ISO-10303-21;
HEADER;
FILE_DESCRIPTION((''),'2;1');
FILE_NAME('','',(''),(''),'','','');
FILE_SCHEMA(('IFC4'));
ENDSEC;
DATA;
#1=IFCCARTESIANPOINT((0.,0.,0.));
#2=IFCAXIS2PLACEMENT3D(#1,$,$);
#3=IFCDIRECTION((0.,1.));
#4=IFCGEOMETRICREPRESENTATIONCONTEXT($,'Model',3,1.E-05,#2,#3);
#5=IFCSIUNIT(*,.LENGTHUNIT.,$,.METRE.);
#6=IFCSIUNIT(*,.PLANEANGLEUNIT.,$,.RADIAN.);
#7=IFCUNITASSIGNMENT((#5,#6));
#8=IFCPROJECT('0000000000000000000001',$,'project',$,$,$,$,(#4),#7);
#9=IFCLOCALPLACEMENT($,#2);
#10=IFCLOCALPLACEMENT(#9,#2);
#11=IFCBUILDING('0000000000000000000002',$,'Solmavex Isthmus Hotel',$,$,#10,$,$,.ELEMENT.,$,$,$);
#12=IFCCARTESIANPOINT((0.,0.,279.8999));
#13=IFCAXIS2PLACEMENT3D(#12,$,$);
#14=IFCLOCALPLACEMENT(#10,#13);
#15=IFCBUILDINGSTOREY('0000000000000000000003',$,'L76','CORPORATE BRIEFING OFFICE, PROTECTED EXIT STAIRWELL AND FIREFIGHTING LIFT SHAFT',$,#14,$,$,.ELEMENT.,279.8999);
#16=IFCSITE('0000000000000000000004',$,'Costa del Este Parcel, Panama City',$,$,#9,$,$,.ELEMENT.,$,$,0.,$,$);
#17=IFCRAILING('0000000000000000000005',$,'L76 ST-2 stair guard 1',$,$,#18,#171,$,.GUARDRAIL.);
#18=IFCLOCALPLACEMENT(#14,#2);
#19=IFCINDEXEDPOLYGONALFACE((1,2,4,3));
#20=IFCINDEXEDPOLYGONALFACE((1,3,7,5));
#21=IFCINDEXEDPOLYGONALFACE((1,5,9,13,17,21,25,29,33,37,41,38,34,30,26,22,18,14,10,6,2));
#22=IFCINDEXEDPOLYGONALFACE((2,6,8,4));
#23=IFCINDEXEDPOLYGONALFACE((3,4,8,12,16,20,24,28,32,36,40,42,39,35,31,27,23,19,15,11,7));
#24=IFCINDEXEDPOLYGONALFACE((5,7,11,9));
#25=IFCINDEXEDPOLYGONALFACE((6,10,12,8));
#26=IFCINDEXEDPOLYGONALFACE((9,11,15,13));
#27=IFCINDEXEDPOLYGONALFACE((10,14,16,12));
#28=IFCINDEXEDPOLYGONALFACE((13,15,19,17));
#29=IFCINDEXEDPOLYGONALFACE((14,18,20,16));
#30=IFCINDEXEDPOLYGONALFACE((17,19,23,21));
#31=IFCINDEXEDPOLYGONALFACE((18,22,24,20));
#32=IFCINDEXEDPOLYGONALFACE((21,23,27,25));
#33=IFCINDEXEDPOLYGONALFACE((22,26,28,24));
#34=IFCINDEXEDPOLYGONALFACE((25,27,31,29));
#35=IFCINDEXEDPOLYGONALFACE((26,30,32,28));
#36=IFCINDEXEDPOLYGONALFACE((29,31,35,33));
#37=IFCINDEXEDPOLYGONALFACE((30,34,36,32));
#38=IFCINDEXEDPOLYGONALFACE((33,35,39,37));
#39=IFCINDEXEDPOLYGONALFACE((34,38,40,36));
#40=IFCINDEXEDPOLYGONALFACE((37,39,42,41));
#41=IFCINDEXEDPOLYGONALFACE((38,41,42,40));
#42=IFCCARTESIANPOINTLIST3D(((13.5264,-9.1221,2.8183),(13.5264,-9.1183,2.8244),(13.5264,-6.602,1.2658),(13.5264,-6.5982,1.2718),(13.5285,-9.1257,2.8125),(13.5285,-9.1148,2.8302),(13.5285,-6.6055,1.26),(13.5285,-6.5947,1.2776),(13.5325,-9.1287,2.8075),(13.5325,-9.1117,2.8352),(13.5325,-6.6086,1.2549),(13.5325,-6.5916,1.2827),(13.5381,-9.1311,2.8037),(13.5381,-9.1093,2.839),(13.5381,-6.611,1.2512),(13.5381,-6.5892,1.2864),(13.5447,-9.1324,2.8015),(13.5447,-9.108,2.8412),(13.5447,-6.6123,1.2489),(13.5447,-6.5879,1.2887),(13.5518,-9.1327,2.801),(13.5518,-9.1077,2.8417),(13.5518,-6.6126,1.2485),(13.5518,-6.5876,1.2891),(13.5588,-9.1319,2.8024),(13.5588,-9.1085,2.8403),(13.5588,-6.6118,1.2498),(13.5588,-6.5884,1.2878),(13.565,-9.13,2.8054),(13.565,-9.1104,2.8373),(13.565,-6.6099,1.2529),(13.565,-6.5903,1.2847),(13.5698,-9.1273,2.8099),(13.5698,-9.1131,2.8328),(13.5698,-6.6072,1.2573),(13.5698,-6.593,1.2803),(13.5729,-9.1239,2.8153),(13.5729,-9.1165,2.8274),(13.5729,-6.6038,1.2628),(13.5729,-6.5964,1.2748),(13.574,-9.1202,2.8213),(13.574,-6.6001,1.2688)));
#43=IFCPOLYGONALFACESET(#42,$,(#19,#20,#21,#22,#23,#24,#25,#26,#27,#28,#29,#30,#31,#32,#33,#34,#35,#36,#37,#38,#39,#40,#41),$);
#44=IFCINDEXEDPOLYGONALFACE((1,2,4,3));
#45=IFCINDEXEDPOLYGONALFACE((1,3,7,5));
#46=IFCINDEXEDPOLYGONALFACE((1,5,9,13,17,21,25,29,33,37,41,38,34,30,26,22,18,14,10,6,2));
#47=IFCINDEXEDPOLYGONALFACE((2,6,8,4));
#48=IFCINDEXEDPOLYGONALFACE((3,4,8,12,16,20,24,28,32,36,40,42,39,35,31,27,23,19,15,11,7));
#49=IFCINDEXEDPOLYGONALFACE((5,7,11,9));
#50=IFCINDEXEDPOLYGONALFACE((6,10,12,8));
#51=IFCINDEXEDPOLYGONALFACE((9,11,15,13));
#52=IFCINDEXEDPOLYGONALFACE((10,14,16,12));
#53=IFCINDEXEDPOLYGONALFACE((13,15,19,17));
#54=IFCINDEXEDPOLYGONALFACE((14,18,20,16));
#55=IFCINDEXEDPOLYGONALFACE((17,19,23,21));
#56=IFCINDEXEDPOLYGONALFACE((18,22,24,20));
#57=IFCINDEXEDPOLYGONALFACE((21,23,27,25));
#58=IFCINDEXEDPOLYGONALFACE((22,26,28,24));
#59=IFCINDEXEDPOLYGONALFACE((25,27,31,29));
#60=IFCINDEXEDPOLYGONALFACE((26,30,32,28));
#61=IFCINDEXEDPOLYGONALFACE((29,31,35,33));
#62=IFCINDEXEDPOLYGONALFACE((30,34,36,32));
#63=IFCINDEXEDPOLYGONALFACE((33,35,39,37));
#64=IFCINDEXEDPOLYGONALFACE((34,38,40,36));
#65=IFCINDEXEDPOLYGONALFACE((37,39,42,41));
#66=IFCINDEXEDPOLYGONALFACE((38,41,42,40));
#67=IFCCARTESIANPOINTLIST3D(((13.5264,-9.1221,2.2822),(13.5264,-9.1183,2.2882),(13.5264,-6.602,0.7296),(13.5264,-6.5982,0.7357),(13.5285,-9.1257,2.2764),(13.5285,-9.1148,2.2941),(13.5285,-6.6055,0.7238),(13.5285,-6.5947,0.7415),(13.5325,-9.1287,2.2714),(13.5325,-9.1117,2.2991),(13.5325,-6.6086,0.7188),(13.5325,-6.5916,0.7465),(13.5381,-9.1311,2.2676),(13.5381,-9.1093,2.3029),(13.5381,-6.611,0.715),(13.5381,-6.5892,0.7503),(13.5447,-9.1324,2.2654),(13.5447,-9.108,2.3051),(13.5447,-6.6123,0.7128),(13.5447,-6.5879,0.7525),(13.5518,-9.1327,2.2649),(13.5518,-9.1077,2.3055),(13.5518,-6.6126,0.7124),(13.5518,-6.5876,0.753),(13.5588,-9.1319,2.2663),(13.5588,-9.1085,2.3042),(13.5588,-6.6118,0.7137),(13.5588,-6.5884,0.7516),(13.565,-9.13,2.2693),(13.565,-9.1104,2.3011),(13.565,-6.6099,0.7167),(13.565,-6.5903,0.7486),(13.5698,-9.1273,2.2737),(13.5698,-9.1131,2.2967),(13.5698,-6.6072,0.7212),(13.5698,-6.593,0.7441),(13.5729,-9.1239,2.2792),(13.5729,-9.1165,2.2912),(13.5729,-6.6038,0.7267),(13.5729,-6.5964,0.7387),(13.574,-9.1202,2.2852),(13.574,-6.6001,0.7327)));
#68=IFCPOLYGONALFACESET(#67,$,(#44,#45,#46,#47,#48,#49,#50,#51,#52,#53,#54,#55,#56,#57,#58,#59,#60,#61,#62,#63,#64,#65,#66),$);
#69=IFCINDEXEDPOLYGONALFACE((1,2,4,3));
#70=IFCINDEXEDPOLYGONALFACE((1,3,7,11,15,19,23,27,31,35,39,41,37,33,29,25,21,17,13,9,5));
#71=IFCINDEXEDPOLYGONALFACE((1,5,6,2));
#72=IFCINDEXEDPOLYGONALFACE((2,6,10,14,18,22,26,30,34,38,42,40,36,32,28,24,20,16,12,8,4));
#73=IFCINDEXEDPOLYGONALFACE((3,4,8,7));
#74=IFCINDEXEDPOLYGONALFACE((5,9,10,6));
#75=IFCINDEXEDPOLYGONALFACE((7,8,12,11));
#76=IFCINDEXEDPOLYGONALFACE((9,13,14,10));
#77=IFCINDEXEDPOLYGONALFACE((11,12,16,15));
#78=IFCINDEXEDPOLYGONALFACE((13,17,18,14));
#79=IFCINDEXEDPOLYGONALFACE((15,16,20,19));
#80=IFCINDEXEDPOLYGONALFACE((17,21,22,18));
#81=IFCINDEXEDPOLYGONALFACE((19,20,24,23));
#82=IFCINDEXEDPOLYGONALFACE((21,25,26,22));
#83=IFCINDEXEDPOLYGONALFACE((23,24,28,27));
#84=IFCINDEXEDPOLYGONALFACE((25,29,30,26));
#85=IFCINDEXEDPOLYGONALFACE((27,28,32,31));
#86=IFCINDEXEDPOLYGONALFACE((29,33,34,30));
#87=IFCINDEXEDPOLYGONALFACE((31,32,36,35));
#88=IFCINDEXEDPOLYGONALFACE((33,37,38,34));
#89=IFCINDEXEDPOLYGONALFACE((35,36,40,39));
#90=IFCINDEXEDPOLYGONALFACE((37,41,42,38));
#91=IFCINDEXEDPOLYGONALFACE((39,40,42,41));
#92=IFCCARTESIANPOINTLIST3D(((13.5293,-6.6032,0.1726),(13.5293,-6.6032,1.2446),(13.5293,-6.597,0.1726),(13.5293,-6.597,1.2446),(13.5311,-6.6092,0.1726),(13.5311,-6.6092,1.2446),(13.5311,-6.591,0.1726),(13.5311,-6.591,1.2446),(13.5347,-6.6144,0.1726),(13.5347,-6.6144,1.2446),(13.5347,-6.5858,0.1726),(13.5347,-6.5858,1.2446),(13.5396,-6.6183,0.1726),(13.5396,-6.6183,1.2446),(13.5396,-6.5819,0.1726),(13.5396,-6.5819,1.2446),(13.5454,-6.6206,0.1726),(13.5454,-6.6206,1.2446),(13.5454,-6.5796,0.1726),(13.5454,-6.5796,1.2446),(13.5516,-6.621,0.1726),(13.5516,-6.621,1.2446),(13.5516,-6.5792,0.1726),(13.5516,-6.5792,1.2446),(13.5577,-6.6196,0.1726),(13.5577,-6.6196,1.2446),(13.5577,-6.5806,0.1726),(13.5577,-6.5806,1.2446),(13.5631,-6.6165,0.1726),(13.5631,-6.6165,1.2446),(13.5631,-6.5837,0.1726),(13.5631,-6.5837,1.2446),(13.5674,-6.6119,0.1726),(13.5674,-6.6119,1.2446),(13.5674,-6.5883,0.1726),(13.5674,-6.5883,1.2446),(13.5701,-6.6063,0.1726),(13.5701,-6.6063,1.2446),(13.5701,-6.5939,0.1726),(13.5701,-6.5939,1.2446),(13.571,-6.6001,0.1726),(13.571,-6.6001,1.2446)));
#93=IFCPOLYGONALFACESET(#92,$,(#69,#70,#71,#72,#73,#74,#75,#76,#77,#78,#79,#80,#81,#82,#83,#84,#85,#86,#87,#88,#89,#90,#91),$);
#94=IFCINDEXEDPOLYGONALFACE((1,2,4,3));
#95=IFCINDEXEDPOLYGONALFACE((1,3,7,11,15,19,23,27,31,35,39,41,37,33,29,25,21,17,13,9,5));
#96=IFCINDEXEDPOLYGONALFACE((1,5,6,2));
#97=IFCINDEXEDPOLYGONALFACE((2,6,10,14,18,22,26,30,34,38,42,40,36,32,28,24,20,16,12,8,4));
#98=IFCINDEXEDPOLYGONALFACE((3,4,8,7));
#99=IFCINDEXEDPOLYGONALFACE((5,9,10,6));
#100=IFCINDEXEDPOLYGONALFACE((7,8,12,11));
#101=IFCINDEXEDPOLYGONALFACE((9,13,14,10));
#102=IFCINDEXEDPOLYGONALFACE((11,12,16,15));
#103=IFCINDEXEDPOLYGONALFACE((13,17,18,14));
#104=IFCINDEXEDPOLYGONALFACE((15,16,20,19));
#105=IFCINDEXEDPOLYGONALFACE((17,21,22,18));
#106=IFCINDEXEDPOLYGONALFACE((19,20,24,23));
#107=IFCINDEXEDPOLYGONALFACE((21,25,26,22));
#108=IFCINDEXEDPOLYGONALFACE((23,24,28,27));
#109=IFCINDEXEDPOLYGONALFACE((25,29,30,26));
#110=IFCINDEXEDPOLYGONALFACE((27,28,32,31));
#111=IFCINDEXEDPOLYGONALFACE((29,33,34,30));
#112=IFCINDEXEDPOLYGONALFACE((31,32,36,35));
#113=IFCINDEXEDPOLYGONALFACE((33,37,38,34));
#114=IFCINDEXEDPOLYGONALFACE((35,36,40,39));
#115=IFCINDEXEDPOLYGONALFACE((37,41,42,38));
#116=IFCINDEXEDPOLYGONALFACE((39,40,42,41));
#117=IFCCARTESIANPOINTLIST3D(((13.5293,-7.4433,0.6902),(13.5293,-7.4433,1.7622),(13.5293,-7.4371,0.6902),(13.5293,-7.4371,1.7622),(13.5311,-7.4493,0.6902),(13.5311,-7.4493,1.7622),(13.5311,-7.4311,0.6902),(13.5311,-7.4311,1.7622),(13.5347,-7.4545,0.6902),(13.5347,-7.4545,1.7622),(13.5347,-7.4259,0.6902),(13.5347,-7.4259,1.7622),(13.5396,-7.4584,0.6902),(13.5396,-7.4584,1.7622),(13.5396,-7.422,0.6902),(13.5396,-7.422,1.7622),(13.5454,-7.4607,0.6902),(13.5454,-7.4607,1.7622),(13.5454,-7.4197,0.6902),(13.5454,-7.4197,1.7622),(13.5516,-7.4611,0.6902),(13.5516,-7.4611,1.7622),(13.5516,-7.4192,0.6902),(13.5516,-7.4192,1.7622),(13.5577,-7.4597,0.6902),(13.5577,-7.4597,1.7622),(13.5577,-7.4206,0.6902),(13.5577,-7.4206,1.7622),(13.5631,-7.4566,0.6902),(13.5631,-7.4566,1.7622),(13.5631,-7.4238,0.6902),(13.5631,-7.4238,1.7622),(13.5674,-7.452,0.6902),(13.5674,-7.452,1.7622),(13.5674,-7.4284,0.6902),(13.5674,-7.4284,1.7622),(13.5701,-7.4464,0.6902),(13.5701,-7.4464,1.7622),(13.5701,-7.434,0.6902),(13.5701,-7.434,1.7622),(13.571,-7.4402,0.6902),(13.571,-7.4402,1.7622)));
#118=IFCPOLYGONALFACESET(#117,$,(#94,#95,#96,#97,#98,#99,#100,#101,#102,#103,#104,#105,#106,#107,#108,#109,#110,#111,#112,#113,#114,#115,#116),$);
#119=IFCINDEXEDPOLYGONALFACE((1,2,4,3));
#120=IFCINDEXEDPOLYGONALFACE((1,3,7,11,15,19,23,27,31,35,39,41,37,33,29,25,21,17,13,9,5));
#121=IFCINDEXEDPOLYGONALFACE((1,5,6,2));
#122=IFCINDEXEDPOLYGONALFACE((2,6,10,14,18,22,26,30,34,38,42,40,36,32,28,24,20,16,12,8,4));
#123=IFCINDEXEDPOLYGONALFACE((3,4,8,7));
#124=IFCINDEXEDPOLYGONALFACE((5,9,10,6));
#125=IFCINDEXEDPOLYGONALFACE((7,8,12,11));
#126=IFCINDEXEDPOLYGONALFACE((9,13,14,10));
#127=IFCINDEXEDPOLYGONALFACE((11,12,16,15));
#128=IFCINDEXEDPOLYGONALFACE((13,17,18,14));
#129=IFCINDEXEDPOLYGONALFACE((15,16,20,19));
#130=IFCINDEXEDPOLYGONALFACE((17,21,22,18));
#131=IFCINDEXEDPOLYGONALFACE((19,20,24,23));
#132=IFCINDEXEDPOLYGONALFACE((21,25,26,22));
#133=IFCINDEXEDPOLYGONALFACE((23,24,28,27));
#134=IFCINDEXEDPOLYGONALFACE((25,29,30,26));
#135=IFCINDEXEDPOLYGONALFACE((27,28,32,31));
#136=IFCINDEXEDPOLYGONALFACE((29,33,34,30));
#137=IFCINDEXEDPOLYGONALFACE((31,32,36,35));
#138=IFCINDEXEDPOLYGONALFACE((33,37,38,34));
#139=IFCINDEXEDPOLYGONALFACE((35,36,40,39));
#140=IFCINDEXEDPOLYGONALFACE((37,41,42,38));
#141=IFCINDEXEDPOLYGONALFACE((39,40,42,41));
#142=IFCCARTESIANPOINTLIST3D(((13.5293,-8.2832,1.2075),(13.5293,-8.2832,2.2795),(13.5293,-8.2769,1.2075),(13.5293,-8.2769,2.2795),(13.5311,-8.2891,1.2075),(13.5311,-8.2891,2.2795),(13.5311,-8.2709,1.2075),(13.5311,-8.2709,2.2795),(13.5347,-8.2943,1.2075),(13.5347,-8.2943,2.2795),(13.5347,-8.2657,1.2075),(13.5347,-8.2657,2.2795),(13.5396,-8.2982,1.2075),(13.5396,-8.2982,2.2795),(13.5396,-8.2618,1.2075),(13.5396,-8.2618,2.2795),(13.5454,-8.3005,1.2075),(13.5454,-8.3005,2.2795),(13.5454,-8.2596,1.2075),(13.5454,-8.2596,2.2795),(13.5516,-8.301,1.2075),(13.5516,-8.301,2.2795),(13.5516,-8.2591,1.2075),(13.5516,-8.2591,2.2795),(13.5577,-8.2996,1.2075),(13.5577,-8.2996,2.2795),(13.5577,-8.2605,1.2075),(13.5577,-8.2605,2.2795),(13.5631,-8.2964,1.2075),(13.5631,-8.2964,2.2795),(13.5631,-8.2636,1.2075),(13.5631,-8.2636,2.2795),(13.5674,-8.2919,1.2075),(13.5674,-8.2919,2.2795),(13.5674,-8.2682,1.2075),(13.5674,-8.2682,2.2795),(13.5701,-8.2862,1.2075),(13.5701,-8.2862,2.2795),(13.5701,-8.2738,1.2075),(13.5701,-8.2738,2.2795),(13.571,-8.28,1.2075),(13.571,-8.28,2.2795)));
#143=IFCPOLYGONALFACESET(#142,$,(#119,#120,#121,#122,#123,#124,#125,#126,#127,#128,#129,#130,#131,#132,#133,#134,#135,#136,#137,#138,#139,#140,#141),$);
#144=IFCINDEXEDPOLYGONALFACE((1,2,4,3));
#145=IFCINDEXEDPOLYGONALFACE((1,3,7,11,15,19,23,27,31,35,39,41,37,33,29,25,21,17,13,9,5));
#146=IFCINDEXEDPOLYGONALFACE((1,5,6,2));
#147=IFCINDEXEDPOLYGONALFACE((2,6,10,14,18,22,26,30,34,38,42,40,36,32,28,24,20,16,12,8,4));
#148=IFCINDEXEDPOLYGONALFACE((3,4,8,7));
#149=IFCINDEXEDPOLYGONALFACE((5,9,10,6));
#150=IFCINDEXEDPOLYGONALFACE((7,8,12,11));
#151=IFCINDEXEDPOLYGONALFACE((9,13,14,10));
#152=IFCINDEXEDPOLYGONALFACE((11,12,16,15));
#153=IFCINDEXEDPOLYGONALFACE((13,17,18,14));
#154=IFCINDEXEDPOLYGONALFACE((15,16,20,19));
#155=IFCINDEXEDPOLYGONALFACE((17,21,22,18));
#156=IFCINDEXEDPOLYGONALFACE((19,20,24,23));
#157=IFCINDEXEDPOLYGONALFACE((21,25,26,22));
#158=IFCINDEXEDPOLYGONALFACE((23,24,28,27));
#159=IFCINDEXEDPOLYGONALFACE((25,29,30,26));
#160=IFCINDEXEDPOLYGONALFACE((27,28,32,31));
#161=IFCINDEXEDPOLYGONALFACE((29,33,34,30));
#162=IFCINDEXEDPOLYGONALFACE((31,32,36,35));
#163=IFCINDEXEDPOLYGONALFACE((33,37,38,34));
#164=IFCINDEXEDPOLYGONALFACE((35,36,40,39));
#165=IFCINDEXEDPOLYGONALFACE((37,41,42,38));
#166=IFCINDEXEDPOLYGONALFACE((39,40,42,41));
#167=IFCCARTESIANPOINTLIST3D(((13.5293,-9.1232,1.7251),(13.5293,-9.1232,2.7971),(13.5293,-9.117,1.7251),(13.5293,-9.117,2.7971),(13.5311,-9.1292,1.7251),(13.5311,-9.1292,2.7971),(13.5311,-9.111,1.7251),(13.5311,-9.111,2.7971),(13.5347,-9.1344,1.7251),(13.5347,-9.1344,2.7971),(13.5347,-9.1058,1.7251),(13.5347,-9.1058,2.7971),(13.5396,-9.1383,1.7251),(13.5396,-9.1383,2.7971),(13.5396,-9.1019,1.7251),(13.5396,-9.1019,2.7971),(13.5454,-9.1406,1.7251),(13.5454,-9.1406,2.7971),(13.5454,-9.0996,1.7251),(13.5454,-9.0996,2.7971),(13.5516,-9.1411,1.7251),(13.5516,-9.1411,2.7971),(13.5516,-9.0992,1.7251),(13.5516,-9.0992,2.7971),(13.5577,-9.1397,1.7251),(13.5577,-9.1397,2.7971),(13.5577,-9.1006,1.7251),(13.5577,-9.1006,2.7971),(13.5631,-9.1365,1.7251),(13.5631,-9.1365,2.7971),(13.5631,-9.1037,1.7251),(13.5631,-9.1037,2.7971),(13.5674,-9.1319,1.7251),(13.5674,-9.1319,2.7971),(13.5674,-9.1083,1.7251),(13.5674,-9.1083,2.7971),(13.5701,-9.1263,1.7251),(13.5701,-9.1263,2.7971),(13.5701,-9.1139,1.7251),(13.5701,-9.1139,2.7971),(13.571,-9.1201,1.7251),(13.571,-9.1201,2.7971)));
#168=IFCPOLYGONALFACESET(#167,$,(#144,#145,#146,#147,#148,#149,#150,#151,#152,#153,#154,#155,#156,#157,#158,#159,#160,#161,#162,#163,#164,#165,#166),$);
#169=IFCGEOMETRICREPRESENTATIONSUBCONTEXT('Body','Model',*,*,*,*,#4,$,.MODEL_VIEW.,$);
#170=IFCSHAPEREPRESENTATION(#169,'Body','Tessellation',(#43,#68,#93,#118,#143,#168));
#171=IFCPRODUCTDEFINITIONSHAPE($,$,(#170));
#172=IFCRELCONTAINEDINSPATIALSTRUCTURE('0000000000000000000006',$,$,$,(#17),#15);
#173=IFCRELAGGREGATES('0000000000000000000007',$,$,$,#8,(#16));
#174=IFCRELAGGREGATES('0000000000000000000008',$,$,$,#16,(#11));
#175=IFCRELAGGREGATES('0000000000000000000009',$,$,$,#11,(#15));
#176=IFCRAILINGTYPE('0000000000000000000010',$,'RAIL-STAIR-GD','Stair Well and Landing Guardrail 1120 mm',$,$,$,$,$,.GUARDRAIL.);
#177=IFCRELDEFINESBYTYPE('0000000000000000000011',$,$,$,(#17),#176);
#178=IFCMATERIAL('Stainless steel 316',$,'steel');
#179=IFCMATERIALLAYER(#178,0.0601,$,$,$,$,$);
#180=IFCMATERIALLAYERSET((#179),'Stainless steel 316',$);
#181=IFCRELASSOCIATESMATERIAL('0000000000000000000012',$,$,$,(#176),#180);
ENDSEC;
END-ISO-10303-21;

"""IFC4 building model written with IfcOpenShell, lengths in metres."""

from ifc_helpers import new_model, si_unit, direction, frame, origin, origin_2d, place, context, subcontext, project, spatial, circle, extrude, material, layer, layer_set, type_object, element, save


model = new_model("IFC4")

# Units and contexts
model_context = context("Model", 3, precision=1e-05, world=origin(), true_north=direction((0.0, 1.0)))
body_context = subcontext(model_context, "Body", "Model", "MODEL_VIEW")
ifc_project = project(units=[si_unit("LENGTHUNIT", "METRE"), si_unit("PLANEANGLEUNIT", "RADIAN")], contexts=[model_context])

# Site, building, storey
site_placement = place(None, origin())
site = spatial("IfcSite", under=ifc_project, at=site_placement, Name="Costa del Este Parcel, Panama City", CompositionType="ELEMENT", RefElevation=0.0)
building_placement = place(site_placement, origin())
building = spatial("IfcBuilding", under=site, at=building_placement, Name="Solmavex Isthmus Hotel", CompositionType="ELEMENT")
storey_placement = place(building_placement, frame((0.0, 0.0, 279.8999)))
storey = spatial("IfcBuildingStorey", under=building, at=storey_placement, Name="L76", Description="CORPORATE BRIEFING OFFICE, PROTECTED EXIT STAIRWELL AND FIREFIGHTING LIFT SHAFT", CompositionType="ELEMENT", Elevation=279.8999)

# Shared definitions
ifc_material_1 = material(Name="Stainless steel 316", Category="steel")

# Railing
ifc_layer_1 = layer(ifc_material_1, 0.0601)
ifc_layer_set_1 = layer_set([ifc_layer_1], Name="Stainless steel 316")
railing_type_1 = type_object("IfcRailingType", Name="RAIL-STAIR-GD", Description="Stair Well and Landing Guardrail 1120 mm", PredefinedType="GUARDRAIL", material=ifc_layer_set_1)
railing_1_placement = place(storey_placement, frame((13.55, -6.6001, 0.1726)))
element("IfcRailing", 1, at=railing_1_placement, inside=storey, type_object=railing_type_1, Name="L76 ST-2 stair guard 1", PredefinedType="GUARDRAIL", context=body_context, shape_type="SweptSolid", body=[
    extrude(circle(Radius=0.0239, at=origin_2d()), frame((0.0, 0.0, 1.0962), z_axis=(0.0, -0.8514, 0.524516), x_axis=(1.0, 0.0, 0.0)), (0.0, 0.0, 1.0), 2.96),
    extrude(circle(Radius=0.0239, at=origin_2d()), frame((0.0, 0.0, 0.5601), z_axis=(0.0, -0.8514, 0.524516), x_axis=(1.0, 0.0, 0.0)), (0.0, 0.0, 1.0), 2.96),
    extrude(circle(Radius=0.021, at=origin_2d()), origin(), (0.0, 0.0, 1.0), 1.072),
    extrude(circle(Radius=0.021, at=origin_2d()), frame((0.0, -0.8401, 0.5176)), (0.0, 0.0, 1.0), 1.072),
    extrude(circle(Radius=0.021, at=origin_2d()), frame((0.0, -1.6799, 1.0349)), (0.0, 0.0, 1.0), 1.072),
    extrude(circle(Radius=0.021, at=origin_2d()), frame((0.0, -2.52, 1.5525)), (0.0, 0.0, 1.0), 1.072),
])

save(model, "model.ifc")
